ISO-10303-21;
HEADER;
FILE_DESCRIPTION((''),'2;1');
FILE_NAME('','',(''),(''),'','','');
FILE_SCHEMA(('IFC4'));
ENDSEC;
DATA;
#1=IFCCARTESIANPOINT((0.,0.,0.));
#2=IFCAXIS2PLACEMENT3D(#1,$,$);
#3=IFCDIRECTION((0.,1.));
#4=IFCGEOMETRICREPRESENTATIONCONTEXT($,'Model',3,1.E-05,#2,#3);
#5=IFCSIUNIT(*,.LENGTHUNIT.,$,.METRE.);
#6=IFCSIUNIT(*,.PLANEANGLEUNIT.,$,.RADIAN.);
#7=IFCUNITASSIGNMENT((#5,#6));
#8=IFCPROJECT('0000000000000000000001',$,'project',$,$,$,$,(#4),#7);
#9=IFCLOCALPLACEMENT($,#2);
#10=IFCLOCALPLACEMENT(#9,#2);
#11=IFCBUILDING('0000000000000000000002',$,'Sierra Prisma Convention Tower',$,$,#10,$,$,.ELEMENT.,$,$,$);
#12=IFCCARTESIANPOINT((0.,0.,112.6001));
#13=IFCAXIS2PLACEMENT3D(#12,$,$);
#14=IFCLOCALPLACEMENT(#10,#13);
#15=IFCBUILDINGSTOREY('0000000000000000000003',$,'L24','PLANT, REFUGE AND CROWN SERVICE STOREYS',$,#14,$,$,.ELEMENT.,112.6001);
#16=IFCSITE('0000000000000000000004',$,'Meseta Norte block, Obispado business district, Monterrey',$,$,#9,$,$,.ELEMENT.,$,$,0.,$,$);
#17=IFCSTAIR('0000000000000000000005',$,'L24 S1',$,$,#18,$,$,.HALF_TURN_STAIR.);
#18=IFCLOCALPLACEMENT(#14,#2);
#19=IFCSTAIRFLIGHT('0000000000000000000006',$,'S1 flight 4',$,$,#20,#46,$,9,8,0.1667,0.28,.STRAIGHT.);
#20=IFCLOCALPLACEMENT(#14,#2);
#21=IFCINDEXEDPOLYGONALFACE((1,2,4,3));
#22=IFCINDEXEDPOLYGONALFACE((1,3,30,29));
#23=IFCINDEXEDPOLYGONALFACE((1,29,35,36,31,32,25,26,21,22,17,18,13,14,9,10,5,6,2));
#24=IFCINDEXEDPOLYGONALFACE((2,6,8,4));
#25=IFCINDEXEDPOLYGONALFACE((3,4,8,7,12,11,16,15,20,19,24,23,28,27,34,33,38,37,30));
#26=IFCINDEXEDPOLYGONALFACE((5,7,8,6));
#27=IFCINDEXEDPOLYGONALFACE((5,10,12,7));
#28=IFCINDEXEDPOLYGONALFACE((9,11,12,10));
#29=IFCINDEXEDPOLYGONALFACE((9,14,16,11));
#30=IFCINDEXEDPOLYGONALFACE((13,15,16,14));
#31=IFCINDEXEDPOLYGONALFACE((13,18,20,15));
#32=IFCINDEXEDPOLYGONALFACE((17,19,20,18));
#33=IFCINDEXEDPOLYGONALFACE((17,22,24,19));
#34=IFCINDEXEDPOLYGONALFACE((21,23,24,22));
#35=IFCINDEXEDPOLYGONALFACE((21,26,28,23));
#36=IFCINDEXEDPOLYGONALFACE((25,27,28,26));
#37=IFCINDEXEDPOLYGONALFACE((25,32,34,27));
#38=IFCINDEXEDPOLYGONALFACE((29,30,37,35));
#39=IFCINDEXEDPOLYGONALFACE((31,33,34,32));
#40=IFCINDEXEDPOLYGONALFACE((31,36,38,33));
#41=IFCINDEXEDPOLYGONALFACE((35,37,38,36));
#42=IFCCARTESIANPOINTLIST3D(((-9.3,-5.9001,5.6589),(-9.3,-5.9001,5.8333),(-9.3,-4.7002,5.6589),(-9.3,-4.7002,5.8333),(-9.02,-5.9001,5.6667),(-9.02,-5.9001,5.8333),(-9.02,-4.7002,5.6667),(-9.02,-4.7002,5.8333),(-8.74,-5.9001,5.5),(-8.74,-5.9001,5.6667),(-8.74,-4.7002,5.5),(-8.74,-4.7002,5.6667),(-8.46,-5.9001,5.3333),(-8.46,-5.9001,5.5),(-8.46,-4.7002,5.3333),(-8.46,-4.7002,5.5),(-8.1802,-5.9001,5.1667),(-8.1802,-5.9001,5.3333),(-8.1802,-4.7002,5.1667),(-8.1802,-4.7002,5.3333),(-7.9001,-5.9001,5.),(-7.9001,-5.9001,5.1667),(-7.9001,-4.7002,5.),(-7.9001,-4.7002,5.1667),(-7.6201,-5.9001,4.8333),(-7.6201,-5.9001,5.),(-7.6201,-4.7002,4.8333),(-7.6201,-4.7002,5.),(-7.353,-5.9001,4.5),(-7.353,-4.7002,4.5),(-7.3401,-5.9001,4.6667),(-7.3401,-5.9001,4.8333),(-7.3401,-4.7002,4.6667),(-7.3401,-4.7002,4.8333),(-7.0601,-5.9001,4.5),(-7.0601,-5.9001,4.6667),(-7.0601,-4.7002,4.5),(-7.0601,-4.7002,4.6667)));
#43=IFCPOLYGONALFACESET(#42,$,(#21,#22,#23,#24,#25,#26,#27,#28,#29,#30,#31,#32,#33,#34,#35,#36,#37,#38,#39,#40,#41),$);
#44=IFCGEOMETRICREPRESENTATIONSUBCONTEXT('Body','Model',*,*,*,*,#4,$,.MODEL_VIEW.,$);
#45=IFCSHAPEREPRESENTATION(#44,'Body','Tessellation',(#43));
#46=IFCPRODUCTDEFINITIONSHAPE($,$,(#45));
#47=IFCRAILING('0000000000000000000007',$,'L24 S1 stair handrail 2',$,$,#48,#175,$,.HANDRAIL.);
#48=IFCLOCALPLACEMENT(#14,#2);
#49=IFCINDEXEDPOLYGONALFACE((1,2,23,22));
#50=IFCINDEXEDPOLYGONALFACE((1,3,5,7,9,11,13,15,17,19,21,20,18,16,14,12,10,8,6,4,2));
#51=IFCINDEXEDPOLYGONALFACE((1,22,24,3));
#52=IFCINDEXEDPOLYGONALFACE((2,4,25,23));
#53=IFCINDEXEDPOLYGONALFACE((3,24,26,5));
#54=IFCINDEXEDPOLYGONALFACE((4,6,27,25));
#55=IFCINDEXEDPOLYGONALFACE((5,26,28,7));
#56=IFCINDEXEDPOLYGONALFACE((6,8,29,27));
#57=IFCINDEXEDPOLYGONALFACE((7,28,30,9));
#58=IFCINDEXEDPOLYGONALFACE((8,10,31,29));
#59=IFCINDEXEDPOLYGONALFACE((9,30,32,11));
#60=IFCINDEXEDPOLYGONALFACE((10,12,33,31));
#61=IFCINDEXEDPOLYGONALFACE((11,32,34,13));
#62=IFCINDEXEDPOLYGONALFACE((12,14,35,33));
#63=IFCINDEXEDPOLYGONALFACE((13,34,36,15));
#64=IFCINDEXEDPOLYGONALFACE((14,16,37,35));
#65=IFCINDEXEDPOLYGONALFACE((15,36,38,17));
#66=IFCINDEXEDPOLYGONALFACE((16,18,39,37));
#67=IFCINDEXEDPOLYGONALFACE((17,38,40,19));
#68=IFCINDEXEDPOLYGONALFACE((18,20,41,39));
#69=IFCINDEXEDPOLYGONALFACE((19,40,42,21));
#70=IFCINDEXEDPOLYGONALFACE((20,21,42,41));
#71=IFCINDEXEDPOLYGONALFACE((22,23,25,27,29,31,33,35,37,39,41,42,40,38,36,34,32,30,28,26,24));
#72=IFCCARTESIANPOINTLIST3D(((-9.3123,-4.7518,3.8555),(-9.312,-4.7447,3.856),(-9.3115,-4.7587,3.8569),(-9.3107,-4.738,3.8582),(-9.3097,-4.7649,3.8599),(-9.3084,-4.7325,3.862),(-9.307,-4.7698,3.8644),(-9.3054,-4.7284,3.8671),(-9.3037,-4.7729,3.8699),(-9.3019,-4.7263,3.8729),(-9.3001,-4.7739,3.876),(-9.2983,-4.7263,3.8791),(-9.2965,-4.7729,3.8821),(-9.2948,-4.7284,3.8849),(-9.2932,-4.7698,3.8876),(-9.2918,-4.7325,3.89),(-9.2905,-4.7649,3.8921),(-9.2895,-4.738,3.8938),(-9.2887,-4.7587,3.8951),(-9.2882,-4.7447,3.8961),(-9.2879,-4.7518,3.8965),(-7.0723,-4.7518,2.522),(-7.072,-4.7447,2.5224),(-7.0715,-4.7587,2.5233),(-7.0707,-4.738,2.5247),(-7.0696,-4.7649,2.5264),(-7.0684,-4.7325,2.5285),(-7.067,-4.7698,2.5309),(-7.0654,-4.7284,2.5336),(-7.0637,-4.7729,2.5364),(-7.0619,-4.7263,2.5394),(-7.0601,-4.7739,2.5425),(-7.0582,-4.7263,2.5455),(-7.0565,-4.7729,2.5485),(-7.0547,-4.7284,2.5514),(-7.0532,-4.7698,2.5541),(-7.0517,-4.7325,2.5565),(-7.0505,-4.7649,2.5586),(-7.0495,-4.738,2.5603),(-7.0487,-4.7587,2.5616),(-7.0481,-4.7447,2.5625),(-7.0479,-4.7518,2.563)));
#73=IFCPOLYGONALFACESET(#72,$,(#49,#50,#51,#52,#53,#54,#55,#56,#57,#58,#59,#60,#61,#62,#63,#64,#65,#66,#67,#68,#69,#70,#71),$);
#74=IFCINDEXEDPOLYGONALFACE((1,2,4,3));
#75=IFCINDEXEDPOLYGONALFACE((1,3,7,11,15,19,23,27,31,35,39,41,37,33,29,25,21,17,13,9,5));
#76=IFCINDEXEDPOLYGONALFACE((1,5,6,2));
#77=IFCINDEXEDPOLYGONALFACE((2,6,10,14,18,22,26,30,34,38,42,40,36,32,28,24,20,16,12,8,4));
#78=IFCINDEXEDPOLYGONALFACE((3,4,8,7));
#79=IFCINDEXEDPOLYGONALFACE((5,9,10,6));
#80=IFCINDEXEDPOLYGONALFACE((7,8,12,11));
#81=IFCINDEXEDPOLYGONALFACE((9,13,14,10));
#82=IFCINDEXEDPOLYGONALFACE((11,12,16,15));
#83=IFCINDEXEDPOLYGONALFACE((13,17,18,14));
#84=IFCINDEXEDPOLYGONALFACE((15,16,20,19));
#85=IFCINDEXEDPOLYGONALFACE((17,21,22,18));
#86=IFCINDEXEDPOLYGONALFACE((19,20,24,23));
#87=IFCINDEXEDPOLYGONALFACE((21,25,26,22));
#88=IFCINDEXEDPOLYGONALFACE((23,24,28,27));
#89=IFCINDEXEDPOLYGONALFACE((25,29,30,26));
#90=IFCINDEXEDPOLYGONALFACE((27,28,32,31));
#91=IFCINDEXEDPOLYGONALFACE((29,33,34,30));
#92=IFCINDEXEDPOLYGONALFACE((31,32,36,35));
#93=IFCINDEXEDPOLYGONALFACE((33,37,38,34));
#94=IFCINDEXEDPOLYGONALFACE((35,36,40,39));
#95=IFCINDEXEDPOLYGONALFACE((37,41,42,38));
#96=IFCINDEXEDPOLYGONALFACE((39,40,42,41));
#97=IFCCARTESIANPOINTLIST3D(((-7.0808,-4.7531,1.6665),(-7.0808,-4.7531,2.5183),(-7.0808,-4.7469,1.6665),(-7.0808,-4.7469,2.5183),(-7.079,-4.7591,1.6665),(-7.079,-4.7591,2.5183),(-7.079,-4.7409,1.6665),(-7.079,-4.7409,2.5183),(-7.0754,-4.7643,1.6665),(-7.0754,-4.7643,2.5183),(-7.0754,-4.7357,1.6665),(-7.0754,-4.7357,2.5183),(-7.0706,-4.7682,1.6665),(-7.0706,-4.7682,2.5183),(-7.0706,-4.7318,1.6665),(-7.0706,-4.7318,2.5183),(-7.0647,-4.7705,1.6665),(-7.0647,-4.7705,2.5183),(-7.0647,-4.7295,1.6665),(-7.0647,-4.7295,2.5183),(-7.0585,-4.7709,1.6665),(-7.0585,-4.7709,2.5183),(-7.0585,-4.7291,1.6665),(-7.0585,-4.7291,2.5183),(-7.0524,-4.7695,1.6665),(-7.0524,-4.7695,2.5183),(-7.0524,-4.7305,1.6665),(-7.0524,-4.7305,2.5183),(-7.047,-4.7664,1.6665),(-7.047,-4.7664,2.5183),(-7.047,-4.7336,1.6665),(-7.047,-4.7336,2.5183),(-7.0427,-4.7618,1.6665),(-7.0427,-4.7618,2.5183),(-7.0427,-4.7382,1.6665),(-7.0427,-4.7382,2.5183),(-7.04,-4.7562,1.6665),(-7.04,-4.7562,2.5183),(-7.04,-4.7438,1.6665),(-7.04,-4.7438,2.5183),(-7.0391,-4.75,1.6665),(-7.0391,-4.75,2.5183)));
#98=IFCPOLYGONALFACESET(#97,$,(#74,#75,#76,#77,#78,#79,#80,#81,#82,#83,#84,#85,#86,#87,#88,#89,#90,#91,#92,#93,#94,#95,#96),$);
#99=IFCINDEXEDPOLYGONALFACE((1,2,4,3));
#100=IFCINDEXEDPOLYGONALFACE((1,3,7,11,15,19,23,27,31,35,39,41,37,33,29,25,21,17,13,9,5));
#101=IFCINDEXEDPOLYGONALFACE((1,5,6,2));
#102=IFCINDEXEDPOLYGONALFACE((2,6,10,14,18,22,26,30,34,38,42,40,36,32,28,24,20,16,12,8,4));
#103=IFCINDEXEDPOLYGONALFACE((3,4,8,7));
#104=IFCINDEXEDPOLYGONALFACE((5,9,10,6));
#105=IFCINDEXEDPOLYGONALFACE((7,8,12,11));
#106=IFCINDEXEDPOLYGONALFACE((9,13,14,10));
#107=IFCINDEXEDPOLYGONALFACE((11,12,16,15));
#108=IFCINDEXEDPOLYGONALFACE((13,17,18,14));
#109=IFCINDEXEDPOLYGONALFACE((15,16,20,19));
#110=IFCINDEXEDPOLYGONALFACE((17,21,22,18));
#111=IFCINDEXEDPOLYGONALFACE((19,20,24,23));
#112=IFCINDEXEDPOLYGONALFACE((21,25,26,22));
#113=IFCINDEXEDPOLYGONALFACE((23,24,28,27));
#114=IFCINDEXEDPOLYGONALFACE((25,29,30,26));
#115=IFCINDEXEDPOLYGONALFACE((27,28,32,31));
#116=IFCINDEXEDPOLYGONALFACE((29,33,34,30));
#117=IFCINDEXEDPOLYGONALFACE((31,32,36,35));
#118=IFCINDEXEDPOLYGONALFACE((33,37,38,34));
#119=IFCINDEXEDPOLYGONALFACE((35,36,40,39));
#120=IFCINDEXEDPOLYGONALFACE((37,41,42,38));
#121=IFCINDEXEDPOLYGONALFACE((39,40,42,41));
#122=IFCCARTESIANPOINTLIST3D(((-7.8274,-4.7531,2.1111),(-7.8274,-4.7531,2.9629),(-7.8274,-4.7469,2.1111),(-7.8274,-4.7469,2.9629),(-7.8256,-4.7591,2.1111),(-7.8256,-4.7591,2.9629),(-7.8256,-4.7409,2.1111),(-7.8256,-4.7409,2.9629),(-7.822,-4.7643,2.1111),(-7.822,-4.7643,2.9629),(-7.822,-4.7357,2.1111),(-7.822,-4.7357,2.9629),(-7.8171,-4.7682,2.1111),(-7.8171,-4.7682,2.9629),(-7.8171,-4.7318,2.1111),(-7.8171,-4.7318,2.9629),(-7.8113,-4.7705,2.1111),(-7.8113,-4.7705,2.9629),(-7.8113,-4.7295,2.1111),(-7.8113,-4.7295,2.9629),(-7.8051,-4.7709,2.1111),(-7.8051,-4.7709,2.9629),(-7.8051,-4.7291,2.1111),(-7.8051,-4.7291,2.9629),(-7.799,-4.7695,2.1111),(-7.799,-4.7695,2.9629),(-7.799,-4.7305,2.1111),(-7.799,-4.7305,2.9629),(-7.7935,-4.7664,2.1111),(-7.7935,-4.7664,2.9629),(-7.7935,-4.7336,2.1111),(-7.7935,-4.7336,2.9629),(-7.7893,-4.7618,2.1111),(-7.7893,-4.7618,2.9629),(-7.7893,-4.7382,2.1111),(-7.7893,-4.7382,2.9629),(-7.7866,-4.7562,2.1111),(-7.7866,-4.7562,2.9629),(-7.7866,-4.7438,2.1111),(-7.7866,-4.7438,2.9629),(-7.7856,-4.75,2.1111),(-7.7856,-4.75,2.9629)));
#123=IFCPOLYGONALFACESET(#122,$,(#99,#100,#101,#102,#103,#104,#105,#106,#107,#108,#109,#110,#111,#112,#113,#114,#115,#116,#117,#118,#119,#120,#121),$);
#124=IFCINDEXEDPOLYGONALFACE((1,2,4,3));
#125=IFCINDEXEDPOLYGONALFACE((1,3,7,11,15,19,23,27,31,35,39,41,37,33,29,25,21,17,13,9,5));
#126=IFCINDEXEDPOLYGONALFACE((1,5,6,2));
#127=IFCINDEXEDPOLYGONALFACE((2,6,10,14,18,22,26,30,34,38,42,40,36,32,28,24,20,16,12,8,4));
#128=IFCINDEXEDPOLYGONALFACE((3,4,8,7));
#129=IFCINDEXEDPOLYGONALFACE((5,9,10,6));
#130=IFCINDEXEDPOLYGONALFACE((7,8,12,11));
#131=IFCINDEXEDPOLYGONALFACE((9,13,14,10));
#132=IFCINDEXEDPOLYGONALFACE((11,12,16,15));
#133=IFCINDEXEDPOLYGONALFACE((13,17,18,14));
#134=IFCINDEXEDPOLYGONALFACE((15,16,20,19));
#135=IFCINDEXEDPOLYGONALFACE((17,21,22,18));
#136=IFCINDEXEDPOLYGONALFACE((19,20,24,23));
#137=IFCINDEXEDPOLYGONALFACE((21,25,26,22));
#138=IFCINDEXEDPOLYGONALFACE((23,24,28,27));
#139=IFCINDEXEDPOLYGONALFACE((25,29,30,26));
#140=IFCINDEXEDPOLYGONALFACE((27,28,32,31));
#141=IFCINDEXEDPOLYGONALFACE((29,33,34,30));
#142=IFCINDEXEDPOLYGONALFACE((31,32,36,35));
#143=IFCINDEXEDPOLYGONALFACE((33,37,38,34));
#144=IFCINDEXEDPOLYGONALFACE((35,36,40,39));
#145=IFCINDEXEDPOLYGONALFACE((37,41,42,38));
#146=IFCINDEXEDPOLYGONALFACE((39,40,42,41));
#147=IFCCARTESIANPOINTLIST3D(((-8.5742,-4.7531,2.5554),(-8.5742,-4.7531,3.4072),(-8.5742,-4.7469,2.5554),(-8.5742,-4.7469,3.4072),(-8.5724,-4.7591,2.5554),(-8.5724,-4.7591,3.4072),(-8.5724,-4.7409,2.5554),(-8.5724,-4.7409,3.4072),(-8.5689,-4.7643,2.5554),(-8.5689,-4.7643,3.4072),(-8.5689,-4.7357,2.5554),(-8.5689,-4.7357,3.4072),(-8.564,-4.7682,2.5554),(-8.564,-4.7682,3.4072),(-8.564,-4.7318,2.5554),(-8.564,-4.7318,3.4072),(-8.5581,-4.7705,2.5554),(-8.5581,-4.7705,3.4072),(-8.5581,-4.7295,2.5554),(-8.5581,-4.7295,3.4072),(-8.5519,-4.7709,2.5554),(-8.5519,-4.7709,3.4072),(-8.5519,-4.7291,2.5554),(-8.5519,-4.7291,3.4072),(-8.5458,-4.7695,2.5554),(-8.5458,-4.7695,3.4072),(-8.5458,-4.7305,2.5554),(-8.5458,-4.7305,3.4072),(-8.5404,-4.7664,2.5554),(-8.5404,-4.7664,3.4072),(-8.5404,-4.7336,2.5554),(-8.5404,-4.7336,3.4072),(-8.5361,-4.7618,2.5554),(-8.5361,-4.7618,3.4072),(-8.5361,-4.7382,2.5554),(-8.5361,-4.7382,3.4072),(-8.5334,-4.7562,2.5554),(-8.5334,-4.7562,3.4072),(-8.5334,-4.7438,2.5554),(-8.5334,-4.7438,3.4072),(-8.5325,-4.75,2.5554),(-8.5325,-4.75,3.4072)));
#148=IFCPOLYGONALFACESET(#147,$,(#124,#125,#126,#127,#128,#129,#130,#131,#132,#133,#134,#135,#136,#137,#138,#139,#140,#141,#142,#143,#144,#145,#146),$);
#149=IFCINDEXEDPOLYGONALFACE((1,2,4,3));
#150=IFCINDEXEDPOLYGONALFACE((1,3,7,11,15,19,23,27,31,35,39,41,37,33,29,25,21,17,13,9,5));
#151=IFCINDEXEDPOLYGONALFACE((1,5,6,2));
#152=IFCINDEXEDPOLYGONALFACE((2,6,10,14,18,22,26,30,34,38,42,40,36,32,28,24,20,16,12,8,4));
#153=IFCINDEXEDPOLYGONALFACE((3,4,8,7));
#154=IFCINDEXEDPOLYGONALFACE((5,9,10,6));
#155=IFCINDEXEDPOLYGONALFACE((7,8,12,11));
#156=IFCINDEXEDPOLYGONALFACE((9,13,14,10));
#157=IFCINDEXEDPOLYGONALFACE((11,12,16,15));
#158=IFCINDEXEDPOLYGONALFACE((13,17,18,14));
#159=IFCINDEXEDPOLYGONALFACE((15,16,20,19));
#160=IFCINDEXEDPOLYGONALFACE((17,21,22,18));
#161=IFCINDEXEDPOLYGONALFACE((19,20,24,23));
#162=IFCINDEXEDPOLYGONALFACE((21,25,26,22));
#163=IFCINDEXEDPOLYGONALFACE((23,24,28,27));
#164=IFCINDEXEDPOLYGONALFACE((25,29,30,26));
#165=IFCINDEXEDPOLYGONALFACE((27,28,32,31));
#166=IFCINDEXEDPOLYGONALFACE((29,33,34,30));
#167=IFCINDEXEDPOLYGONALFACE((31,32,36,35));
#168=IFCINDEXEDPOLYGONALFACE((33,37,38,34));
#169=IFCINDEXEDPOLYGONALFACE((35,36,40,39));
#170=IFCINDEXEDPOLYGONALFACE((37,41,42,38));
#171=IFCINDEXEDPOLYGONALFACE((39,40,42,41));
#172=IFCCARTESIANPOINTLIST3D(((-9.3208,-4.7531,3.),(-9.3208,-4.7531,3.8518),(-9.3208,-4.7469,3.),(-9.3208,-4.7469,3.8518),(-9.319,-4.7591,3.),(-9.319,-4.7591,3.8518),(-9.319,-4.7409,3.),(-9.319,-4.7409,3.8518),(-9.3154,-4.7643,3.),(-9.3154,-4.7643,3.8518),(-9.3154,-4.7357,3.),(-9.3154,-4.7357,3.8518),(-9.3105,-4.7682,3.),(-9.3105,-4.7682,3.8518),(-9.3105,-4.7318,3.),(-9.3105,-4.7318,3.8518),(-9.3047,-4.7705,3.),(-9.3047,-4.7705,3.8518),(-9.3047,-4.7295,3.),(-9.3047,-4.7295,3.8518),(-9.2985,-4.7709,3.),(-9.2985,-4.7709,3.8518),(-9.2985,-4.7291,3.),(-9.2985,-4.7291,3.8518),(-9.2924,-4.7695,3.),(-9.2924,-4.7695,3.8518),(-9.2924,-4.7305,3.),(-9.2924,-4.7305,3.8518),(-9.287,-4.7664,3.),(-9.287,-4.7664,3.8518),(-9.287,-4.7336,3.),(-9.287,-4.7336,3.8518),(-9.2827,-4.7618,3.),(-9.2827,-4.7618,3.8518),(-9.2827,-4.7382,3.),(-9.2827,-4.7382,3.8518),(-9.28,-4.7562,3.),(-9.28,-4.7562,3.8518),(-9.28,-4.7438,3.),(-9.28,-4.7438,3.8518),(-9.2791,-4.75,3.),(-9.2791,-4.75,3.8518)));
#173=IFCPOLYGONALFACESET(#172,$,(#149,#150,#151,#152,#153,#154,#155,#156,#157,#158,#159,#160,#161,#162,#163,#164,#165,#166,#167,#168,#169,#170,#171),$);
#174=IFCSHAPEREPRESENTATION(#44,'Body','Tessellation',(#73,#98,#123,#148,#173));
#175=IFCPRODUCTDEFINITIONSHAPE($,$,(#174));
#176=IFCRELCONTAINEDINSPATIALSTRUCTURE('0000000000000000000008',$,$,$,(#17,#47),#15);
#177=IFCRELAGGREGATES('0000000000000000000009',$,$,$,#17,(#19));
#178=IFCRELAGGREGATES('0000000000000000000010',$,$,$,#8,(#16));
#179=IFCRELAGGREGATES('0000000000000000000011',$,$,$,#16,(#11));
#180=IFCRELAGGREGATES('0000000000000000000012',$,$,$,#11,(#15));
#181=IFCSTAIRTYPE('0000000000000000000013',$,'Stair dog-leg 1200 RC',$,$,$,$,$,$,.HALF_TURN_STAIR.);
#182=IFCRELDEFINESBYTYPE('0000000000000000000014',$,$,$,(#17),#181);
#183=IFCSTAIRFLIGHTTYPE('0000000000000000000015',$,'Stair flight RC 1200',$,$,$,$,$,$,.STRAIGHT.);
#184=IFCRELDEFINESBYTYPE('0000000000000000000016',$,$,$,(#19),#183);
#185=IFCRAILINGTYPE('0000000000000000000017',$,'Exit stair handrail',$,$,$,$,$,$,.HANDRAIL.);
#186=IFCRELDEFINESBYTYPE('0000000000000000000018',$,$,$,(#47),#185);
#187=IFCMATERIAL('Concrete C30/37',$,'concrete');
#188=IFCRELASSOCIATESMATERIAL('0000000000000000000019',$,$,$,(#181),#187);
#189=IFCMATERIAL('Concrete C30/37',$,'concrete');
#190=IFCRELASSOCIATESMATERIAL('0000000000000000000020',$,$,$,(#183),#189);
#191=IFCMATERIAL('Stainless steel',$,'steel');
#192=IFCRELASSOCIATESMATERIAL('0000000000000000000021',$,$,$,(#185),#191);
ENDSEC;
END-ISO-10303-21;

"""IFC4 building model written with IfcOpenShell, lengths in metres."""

from ifc_helpers import new_model, si_unit, direction, frame, origin, origin_2d, place, context, subcontext, project, spatial, polyline, circle, outline, extrude, material, type_object, element, aggregate, save


model = new_model("IFC4")

# Units and contexts
model_context = context("Model", 3, precision=1e-05, world=origin(), true_north=direction((0.0, 1.0)))
body_context = subcontext(model_context, "Body", "Model", "MODEL_VIEW")
ifc_project = project(units=[si_unit("LENGTHUNIT", "METRE"), si_unit("PLANEANGLEUNIT", "RADIAN")], contexts=[model_context])

# Site, building, storey
site_placement = place(None, origin())
site = spatial("IfcSite", under=ifc_project, at=site_placement, Name="Meseta Norte block, Obispado business district, Monterrey", CompositionType="ELEMENT", RefElevation=0.0)
building_placement = place(site_placement, origin())
building = spatial("IfcBuilding", under=site, at=building_placement, Name="Sierra Prisma Convention Tower", CompositionType="ELEMENT")
storey_placement = place(building_placement, frame((0.0, 0.0, 112.6001)))
storey = spatial("IfcBuildingStorey", under=building, at=storey_placement, Name="L24", Description="PLANT, REFUGE AND CROWN SERVICE STOREYS", CompositionType="ELEMENT", Elevation=112.6001)

# Stair, stair flight
ifc_material_1 = material(Name="Concrete C30/37", Category="concrete")
stair_type = type_object("IfcStairType", Name="Stair dog-leg 1200 RC", PredefinedType="HALF_TURN_STAIR", material=ifc_material_1)
stair_placement = place(storey_placement, origin())
stair = element("IfcStair", 1, at=stair_placement, inside=storey, type_object=stair_type, Name="L24 S1", PredefinedType="HALF_TURN_STAIR")
ifc_material_2 = material(Name="Concrete C30/37", Category="concrete")
stair_flight_type = type_object("IfcStairFlightType", Name="Stair flight RC 1200", PredefinedType="STRAIGHT", material=ifc_material_2)
stair_flight_1_placement = place(storey_placement, frame((-7.0601, -5.3, 4.5), z_axis=(0.0, 0.0, 1.0), x_axis=(-1.0, 0.0, 0.0)))
stair_flight_1 = element("IfcStairFlight", 2, at=stair_flight_1_placement, type_object=stair_flight_type, Name="S1 flight 4", NumberOfRisers=9, NumberOfTreads=8, PredefinedType="STRAIGHT", RiserHeight=0.1667, TreadLength=0.28, context=body_context, shape_type="SweptSolid", body=[
    extrude(outline(polyline([(0.0, 0.0), (0.0, 0.1667), (0.28, 0.1667), (0.28, 0.3333), (0.5601, 0.3333), (0.5601, 0.5), (0.8401, 0.5), (0.8401, 0.6667), (1.1201, 0.6667), (1.1201, 0.8333), (1.3999, 0.8333), (1.3999, 1.0), (1.6799, 1.0), (1.6799, 1.1667), (1.96, 1.1667), (1.96, 1.3333), (2.24, 1.3333), (2.24, 1.5), (2.24, 1.1589), (0.293, 0.0), (0.0, 0.0)])), frame((0.0, 0.6001, 0.0), z_axis=(0.0, -1.0, 0.0), x_axis=(1.0, 0.0, 0.0)), (0.0, 0.0, 1.0), 1.2),
])
aggregate(stair, [stair_flight_1])

# Railing
ifc_material_3 = material(Name="Stainless steel", Category="steel")
railing_type_1 = type_object("IfcRailingType", Name="Exit stair handrail", PredefinedType="HANDRAIL", material=ifc_material_3)
for number, where, name in (
    (3, (-7.0601, -4.75, 1.6665), "L24 S1 stair handrail 2"),
):
    element("IfcRailing", number, at=place(storey_placement, frame(where)), inside=storey, type_object=railing_type_1, Name=name, PredefinedType="HANDRAIL", context=body_context, shape_type="SweptSolid", body=[
        extrude(circle(Radius=0.0239, at=origin_2d()), frame((0.0, 0.0, 0.876), z_axis=(-0.859264, 0.0, 0.511532), x_axis=(0.0, -1.0, 0.0)), (0.0, 0.0, 1.0), 2.6069),
        extrude(circle(Radius=0.021, at=origin_2d()), origin(), (0.0, 0.0, 1.0), 0.8518),
        extrude(circle(Radius=0.021, at=origin_2d()), frame((-0.7466, 0.0, 0.4446)), (0.0, 0.0, 1.0), 0.8518),
        extrude(circle(Radius=0.021, at=origin_2d()), frame((-1.4934, 0.0, 0.8889)), (0.0, 0.0, 1.0), 0.8518),
        extrude(circle(Radius=0.021, at=origin_2d()), frame((-2.24, 0.0, 1.3335)), (0.0, 0.0, 1.0), 0.8518),
    ])

save(model, "model.ifc")
